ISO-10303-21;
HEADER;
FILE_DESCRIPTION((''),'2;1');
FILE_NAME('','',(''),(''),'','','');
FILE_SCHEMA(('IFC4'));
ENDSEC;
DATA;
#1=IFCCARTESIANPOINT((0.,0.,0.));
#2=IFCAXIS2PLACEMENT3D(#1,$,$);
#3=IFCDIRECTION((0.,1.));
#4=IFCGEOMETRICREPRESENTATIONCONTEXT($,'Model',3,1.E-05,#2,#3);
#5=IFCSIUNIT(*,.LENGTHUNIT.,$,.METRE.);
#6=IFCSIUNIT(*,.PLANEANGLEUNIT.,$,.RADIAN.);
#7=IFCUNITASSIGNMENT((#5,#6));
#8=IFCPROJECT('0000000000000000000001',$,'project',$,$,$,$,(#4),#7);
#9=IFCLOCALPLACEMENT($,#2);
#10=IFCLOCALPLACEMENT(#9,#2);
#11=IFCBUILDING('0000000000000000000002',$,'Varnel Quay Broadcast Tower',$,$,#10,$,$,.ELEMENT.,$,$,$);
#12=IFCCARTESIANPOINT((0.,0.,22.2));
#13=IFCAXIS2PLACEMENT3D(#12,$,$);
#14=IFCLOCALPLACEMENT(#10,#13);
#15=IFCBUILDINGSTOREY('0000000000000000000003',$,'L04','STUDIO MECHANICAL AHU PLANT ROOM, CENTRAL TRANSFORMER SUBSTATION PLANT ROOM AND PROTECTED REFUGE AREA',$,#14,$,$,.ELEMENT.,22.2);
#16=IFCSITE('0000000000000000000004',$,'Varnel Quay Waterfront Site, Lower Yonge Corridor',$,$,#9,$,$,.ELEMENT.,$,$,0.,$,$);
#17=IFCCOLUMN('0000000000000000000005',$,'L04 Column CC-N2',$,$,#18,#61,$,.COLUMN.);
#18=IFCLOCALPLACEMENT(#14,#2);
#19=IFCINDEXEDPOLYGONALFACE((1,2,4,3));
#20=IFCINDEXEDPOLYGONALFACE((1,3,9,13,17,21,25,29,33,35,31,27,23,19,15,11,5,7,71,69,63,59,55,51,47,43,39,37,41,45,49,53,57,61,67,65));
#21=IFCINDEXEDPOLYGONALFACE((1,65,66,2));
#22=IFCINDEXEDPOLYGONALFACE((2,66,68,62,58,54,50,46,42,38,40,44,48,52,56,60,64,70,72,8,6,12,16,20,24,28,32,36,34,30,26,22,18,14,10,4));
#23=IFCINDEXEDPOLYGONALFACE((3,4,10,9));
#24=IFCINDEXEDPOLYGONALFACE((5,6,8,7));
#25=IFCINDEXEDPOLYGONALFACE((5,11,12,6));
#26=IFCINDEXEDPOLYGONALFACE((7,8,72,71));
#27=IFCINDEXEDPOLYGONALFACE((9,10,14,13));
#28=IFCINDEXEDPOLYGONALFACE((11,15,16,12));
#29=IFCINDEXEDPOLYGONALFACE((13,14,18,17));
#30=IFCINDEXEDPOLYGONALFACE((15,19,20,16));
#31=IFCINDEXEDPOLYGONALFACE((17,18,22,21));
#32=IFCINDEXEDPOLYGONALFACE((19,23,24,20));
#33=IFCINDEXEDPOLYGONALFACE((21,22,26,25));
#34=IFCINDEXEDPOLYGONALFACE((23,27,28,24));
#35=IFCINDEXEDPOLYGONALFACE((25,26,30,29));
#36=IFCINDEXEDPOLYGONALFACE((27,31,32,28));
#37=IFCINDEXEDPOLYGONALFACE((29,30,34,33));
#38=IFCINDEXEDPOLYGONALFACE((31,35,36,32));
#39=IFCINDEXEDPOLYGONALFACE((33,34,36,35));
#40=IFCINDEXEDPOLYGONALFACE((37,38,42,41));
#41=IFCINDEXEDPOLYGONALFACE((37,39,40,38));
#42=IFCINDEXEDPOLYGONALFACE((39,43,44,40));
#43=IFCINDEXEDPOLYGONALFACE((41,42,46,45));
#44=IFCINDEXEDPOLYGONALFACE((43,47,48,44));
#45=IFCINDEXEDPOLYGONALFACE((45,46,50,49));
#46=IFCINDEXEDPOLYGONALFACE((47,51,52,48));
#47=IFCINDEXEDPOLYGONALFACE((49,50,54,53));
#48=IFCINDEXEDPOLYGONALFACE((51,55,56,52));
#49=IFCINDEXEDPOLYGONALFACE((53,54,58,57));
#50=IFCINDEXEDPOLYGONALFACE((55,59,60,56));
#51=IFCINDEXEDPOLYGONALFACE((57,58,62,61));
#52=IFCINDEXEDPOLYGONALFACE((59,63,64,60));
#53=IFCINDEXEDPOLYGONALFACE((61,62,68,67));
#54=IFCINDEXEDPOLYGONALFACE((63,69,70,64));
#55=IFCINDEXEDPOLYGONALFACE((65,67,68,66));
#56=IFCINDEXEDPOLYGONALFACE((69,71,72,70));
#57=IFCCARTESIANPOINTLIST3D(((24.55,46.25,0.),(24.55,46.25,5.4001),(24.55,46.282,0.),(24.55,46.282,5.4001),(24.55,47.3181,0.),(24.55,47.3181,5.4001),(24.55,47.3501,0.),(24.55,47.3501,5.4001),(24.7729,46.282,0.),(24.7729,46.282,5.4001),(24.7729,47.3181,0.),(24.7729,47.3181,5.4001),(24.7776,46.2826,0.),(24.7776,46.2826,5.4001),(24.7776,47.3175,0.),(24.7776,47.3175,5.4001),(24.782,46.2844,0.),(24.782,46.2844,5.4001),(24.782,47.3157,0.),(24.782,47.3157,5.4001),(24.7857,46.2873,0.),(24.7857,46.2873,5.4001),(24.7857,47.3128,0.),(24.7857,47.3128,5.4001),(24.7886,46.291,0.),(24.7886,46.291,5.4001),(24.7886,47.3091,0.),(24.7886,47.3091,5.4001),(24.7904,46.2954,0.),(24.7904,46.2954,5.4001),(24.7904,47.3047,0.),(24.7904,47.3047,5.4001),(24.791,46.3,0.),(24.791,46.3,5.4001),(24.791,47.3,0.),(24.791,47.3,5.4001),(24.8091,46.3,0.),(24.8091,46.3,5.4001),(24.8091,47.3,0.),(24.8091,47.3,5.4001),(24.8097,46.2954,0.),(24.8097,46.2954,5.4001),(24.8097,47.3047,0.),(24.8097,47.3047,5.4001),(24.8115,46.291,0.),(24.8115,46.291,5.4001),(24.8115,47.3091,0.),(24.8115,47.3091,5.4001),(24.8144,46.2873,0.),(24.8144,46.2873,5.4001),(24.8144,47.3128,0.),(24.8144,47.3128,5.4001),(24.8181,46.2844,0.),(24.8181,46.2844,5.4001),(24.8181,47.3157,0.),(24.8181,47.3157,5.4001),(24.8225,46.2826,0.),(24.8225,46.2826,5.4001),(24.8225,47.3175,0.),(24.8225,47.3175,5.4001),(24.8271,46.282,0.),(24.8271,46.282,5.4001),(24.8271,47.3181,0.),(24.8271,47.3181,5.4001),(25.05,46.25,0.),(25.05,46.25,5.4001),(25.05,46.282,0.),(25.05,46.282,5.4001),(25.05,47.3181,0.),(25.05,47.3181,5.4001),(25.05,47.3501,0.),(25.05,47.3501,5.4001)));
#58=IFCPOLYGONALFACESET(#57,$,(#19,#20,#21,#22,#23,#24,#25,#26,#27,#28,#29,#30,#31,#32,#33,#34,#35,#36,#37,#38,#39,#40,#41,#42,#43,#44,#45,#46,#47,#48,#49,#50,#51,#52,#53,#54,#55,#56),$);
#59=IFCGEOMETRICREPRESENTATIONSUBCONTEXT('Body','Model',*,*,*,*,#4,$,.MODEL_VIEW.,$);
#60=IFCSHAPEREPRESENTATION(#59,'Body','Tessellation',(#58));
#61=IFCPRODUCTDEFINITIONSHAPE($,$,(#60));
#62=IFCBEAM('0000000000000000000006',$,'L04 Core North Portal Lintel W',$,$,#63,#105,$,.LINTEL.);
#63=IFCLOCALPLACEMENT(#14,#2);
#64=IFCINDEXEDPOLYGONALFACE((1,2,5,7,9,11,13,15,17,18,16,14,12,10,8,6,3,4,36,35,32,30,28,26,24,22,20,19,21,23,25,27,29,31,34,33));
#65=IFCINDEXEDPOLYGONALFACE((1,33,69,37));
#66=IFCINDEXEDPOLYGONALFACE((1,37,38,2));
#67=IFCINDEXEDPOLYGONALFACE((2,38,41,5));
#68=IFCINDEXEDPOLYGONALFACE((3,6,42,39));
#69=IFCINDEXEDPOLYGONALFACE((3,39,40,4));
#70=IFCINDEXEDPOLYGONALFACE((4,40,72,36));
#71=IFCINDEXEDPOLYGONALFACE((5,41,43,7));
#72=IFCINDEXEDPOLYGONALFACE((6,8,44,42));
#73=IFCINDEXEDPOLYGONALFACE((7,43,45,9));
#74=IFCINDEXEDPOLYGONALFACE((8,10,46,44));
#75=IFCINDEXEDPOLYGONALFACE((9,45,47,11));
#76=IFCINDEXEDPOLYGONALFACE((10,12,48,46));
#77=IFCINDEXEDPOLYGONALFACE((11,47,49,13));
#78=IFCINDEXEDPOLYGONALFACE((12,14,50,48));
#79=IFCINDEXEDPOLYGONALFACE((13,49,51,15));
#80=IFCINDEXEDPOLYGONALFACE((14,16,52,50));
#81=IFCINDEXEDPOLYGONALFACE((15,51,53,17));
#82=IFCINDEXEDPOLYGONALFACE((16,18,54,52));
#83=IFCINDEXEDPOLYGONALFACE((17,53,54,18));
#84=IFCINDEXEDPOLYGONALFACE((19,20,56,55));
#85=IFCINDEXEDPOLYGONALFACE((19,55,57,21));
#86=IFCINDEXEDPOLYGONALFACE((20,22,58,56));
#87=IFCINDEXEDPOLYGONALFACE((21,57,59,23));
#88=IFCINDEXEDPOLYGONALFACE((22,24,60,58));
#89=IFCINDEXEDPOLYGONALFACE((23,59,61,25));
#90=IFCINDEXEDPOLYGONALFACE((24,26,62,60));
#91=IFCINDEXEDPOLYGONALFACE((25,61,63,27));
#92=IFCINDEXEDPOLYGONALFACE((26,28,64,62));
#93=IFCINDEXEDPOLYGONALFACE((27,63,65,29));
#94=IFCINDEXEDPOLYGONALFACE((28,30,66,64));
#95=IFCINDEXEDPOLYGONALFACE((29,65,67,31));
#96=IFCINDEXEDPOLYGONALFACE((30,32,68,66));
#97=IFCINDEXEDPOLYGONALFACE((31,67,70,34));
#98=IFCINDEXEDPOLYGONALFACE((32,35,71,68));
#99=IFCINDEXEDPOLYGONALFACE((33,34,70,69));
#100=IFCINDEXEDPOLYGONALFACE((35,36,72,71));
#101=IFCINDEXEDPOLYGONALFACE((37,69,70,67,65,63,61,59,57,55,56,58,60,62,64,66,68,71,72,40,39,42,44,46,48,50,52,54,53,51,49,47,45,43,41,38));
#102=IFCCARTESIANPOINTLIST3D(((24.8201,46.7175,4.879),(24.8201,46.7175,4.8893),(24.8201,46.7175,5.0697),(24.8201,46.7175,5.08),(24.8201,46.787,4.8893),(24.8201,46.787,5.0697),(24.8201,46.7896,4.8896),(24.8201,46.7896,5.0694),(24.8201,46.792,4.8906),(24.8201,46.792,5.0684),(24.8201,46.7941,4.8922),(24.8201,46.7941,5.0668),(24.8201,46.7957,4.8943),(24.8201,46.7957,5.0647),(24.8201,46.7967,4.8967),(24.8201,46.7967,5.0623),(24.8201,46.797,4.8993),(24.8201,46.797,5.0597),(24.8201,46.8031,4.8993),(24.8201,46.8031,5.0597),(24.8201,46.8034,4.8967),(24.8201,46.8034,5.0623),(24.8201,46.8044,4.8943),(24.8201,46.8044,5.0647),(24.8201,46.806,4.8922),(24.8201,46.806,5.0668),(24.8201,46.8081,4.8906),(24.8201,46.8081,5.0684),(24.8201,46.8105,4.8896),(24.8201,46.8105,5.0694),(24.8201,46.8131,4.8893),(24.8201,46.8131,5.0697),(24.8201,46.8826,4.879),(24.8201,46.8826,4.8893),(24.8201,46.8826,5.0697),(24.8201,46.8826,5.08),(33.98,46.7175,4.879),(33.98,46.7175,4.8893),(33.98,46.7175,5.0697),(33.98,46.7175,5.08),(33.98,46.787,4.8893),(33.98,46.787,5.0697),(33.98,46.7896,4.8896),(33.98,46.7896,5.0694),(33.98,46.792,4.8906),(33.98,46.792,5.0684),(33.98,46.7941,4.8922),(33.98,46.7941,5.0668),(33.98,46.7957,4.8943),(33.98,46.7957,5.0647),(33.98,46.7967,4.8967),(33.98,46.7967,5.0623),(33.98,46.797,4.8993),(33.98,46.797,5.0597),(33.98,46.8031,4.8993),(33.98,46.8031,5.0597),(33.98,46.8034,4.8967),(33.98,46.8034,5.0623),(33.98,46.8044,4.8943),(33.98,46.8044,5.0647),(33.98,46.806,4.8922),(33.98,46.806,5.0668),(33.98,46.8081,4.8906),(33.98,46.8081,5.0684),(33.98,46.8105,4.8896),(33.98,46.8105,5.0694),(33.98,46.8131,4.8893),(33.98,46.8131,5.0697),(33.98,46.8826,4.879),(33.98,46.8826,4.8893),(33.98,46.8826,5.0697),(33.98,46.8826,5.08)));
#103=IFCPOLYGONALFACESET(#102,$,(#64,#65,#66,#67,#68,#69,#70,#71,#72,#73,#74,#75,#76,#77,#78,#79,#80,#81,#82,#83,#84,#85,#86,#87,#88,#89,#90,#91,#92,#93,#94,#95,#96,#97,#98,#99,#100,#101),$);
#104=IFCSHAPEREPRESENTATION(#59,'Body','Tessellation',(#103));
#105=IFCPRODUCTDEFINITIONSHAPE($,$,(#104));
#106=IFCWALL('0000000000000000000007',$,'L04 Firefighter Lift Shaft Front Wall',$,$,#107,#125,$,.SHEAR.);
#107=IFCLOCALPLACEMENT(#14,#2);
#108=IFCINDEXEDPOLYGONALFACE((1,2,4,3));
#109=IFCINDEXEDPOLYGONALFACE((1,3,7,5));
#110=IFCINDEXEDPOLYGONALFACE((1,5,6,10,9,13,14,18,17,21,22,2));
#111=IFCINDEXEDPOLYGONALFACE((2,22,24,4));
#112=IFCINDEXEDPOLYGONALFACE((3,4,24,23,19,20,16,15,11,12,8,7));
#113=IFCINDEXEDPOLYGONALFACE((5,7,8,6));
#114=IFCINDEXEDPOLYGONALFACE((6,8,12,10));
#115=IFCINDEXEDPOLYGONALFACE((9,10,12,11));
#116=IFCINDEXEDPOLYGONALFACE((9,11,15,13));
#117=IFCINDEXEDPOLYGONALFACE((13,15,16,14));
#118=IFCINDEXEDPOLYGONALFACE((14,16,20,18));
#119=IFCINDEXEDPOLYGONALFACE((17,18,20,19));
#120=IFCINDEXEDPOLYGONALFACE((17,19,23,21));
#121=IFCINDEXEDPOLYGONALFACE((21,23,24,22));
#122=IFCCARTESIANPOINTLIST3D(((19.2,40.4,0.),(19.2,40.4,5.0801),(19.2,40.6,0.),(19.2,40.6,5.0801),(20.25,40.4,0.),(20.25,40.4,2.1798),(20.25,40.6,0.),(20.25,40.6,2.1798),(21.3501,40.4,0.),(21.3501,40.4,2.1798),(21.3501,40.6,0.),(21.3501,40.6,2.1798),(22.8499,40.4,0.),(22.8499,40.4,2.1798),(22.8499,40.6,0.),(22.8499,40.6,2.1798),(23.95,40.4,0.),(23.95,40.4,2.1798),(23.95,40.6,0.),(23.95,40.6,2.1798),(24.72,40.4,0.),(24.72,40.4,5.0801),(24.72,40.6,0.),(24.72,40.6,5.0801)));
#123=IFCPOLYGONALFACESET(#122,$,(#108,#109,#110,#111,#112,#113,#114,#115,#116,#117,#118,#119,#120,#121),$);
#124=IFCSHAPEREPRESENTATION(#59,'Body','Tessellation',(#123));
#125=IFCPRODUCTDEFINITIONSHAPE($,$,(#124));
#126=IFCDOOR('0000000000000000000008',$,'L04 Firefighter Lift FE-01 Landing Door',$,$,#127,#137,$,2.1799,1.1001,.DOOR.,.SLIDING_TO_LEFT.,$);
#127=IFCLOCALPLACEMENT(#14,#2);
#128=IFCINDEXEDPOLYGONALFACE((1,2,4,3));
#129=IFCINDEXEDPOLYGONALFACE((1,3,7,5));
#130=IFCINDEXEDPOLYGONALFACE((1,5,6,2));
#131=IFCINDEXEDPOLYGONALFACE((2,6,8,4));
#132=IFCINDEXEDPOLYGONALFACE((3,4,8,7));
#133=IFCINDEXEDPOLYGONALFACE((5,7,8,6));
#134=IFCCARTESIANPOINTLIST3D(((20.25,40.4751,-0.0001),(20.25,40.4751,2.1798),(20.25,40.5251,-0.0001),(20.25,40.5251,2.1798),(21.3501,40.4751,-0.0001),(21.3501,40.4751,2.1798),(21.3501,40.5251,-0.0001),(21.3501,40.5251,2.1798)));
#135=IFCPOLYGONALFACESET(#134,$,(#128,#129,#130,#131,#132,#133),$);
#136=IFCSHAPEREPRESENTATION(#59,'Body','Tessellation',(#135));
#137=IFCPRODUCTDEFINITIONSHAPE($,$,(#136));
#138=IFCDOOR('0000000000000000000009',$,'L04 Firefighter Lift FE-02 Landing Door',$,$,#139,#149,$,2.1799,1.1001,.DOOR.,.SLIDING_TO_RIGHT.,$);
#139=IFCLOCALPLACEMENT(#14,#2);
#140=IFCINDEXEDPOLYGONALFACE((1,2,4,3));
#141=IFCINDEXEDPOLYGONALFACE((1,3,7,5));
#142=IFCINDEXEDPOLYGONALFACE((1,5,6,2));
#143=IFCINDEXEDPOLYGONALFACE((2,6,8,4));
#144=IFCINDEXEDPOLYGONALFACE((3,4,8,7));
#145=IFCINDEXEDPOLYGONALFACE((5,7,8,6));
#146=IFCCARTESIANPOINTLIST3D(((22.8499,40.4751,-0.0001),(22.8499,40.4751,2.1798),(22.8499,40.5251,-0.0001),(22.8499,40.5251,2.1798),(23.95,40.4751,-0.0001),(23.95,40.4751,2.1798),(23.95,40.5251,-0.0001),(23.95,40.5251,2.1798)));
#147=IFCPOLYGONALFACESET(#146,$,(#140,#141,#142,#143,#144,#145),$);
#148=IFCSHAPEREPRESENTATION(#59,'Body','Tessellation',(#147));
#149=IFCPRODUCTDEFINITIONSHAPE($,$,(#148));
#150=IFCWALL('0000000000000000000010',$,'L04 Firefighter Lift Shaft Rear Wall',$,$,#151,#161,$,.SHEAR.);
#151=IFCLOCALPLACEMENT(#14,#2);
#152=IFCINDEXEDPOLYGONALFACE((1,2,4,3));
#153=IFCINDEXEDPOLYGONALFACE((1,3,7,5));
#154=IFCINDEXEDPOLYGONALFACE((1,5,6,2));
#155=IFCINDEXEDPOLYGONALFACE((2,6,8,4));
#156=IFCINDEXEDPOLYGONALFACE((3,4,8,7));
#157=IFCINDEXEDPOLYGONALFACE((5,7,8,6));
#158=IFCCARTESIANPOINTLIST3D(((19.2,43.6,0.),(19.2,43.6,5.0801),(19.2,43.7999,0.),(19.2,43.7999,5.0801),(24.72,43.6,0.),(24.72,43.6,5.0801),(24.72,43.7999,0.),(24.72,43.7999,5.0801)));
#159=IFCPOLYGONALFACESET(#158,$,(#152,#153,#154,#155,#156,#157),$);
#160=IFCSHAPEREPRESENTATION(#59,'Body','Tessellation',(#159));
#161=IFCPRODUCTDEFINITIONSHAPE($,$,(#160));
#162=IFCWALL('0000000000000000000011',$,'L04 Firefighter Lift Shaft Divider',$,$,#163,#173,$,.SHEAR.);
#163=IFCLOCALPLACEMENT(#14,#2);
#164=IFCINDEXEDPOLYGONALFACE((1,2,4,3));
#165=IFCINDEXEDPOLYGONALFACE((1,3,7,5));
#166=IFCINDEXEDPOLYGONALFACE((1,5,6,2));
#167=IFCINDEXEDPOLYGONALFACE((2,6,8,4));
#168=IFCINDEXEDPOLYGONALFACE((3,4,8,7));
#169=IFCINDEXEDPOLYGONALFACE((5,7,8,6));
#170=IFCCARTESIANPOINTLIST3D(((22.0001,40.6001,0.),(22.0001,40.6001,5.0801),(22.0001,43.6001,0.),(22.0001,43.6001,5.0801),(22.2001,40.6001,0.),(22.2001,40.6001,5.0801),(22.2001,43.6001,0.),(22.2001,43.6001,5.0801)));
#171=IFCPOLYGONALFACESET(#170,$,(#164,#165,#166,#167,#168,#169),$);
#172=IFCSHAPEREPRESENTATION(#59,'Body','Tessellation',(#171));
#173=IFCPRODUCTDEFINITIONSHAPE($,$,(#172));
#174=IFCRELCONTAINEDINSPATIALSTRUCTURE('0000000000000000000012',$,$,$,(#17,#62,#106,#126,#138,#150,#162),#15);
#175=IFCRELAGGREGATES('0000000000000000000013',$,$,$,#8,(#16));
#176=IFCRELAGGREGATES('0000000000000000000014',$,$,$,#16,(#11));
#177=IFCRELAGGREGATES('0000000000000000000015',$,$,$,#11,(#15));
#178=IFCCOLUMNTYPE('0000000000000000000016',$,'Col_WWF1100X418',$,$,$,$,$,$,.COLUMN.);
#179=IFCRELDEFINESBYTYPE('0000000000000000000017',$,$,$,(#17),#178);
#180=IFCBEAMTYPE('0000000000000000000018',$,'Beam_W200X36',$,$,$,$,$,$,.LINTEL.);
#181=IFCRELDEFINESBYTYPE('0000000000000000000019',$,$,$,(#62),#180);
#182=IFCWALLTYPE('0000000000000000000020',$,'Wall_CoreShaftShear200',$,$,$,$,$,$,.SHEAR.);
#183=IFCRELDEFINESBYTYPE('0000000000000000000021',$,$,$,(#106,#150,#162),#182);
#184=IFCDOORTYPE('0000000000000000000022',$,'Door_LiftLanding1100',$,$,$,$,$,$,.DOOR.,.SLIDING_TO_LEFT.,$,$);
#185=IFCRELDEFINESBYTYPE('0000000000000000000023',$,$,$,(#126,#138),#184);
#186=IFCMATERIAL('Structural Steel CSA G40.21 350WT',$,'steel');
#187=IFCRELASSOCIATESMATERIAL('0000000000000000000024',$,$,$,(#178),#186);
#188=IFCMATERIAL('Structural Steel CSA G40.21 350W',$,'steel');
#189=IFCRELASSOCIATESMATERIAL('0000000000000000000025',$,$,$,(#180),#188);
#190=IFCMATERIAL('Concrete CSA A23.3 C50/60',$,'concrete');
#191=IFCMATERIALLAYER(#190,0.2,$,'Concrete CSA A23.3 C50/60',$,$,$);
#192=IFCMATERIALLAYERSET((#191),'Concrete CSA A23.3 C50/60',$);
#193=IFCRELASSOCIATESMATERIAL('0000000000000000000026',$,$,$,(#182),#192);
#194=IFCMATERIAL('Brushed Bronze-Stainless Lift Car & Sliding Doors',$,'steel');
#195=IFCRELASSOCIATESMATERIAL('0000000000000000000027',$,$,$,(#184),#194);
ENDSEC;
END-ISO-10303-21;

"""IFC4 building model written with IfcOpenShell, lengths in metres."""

from ifc_helpers import new_model, si_unit, direction, frame, frame_2d, origin, origin_2d, place, context, subcontext, project, spatial, rectangle, i_section, extrude, source, transform, mapped, material, layer, layer_set, material_profile, profile_set, type_object, type_shapes, element, fill, save


model = new_model("IFC4")

# Units and contexts
model_context = context("Model", 3, precision=1e-05, world=origin(), true_north=direction((0.0, 1.0)))
body_context = subcontext(model_context, "Body", "Model", "MODEL_VIEW")
ifc_project = project(units=[si_unit("LENGTHUNIT", "METRE"), si_unit("PLANEANGLEUNIT", "RADIAN")], contexts=[model_context])

# Site, building, storey
site_placement = place(None, origin())
site = spatial("IfcSite", under=ifc_project, at=site_placement, Name="Varnel Quay Waterfront Site, Lower Yonge Corridor", CompositionType="ELEMENT", RefElevation=0.0)
building_placement = place(site_placement, origin())
building = spatial("IfcBuilding", under=site, at=building_placement, Name="Varnel Quay Broadcast Tower", CompositionType="ELEMENT")
storey_placement = place(building_placement, frame((0.0, 0.0, 22.2)))
storey = spatial("IfcBuildingStorey", under=building, at=storey_placement, Name="L04", Description="STUDIO MECHANICAL AHU PLANT ROOM, CENTRAL TRANSFORMER SUBSTATION PLANT ROOM AND PROTECTED REFUGE AREA", CompositionType="ELEMENT", Elevation=22.2)

# Column
ifc_material_1 = material(Name="Structural Steel CSA G40.21 350WT", Category="steel")
ifc_material_profile_1 = material_profile(ifc_material_1, i_section(OverallWidth=0.5, OverallDepth=1.1001, WebThickness=0.0181, FlangeThickness=0.032, FilletRadius=0.0181, at=origin_2d()), Name="WWF1100X418")
ifc_profile_set_1 = profile_set([ifc_material_profile_1], Name="Structural Steel CSA G40.21 350WT")
column_type = type_object("IfcColumnType", Name="Col_WWF1100X418", PredefinedType="COLUMN", material=ifc_profile_set_1)
shared_shape_1 = source(origin(), body_context, "Body", "SweptSolid", [
    extrude(i_section(OverallWidth=0.5, OverallDepth=1.1001, WebThickness=0.0181, FlangeThickness=0.032, FilletRadius=0.0181, at=origin_2d()), origin(), (0.0, 0.0, 1.0), 5.4001),
])
type_shapes(column_type, [shared_shape_1])
column_placement = place(storey_placement, frame((24.8, 46.8, 0.0), z_axis=(0.0, 0.0, 1.0), x_axis=(1.0, 0.0, 0.0)))
element("IfcColumn", 1, at=column_placement, inside=storey, type_object=column_type, Name="L04 Column CC-N2", PredefinedType="COLUMN", context=body_context, shape_type="MappedRepresentation", body=[
    mapped(shared_shape_1, transform((0.0, 0.0, 0.0), x_axis=(1.0, 0.0, 0.0), y_axis=(0.0, 1.0, 0.0), z_axis=(0.0, 0.0, 1.0), scale=1.0)),
])

# Beam
ifc_material_2 = material(Name="Structural Steel CSA G40.21 350W", Category="steel")
ifc_material_profile_2 = material_profile(ifc_material_2, i_section(OverallWidth=0.165, OverallDepth=0.2009, WebThickness=0.0061, FlangeThickness=0.0103, FilletRadius=0.01, at=origin_2d()), Name="W200X36")
ifc_profile_set_2 = profile_set([ifc_material_profile_2], Name="Structural Steel CSA G40.21 350W")
beam_type = type_object("IfcBeamType", Name="Beam_W200X36", PredefinedType="LINTEL", material=ifc_profile_set_2)
shared_shape_2 = source(origin(), body_context, "Body", "SweptSolid", [
    extrude(i_section(OverallWidth=0.165, OverallDepth=0.2009, WebThickness=0.0061, FlangeThickness=0.0103, FilletRadius=0.01, at=origin_2d()), origin(), (0.0, 0.0, 1.0), 9.1599),
])
type_shapes(beam_type, [shared_shape_2])
beam_placement = place(storey_placement, frame((24.8201, 46.8, 4.9795), z_axis=(1.0, 0.0, 0.0), x_axis=(0.0, 1.0, 0.0)))
element("IfcBeam", 2, at=beam_placement, inside=storey, type_object=beam_type, Name="L04 Core North Portal Lintel W", PredefinedType="LINTEL", context=body_context, shape_type="MappedRepresentation", body=[
    mapped(shared_shape_2, transform((0.0, 0.0, 0.0), x_axis=(1.0, 0.0, 0.0), y_axis=(0.0, 1.0, 0.0), z_axis=(0.0, 0.0, 1.0), scale=1.0)),
])

# Wall, openings, doors
ifc_material_3 = material(Name="Concrete CSA A23.3 C50/60", Category="concrete")
ifc_layer_1 = layer(ifc_material_3, 0.2, Name="Concrete CSA A23.3 C50/60")
ifc_layer_set_1 = layer_set([ifc_layer_1], Name="Concrete CSA A23.3 C50/60")
wall_type_1 = type_object("IfcWallType", Name="Wall_CoreShaftShear200", PredefinedType="SHEAR", material=ifc_layer_set_1)
wall_1_placement = place(storey_placement, frame((19.2, 40.5, 0.0), z_axis=(0.0, 0.0, 1.0), x_axis=(1.0, 0.0, 0.0)))
wall_1 = element("IfcWall", 3, at=wall_1_placement, inside=storey, type_object=wall_type_1, Name="L04 Firefighter Lift Shaft Front Wall", PredefinedType="SHEAR", context=body_context, shape_type="SweptSolid", body=[
    extrude(rectangle(XDim=5.52, YDim=0.2, at=frame_2d((2.76, 0.0))), origin(), (0.0, 0.0, 1.0), 5.0801),
])
opening_1_placement = place(wall_1_placement, frame((1.05, 0.0, 0.0)))
opening_1 = element("IfcOpeningElement", 4, at=opening_1_placement, cuts=wall_1, PredefinedType="OPENING", context=body_context, shape_type="SweptSolid", body=[
    extrude(rectangle(XDim=1.1001, YDim=2.1799, at=frame_2d((0.55, 1.0898))), frame((0.0, 0.1099, 0.0), z_axis=(0.0, -1.0, 0.0), x_axis=(1.0, 0.0, 0.0)), (0.0, 0.0, 1.0), 0.22),
])
opening_2_placement = place(wall_1_placement, frame((3.6499, 0.0, 0.0)))
opening_2 = element("IfcOpeningElement", 5, at=opening_2_placement, cuts=wall_1, PredefinedType="OPENING", context=body_context, shape_type="SweptSolid", body=[
    extrude(rectangle(XDim=1.1001, YDim=2.1799, at=frame_2d((0.55, 1.0898))), frame((0.0, 0.1099, 0.0), z_axis=(0.0, -1.0, 0.0), x_axis=(1.0, 0.0, 0.0)), (0.0, 0.0, 1.0), 0.22),
])
ifc_material_4 = material(Name="Brushed Bronze-Stainless Lift Car & Sliding Doors", Category="steel")
door_type_1 = type_object("IfcDoorType", Name="Door_LiftLanding1100", OperationType="SLIDING_TO_LEFT", PredefinedType="DOOR", material=ifc_material_4)
shared_shape_3 = source(origin(), body_context, "Body", "SweptSolid", [
    extrude(rectangle(XDim=1.1001, YDim=2.1799, at=frame_2d((0.55, 1.0898))), frame((0.0, 0.0249, 0.0), z_axis=(0.0, -1.0, 0.0), x_axis=(1.0, 0.0, 0.0)), (0.0, 0.0, 1.0), 0.05),
])
type_shapes(door_type_1, [shared_shape_3])
door_1_placement = place(opening_1_placement, frame((1.1001, 0.0, 0.0), z_axis=(0.0, 0.0, 1.0), x_axis=(-1.0, 0.0, 0.0)))
door_1 = element("IfcDoor", 6, at=door_1_placement, inside=storey, type_object=door_type_1, Name="L04 Firefighter Lift FE-01 Landing Door", OperationType="SLIDING_TO_LEFT", OverallHeight=2.1799, OverallWidth=1.1001, PredefinedType="DOOR", context=body_context, shape_type="MappedRepresentation", body=[
    mapped(shared_shape_3, transform((0.0, 0.0, 0.0), x_axis=(1.0, 0.0, 0.0), y_axis=(0.0, 1.0, 0.0), z_axis=(0.0, 0.0, 1.0), scale=1.0)),
])
fill(opening_1, door_1)
door_2_placement = place(opening_2_placement, frame((1.1001, 0.0, 0.0), z_axis=(0.0, 0.0, 1.0), x_axis=(-1.0, 0.0, 0.0)))
door_2 = element("IfcDoor", 7, at=door_2_placement, inside=storey, type_object=door_type_1, Name="L04 Firefighter Lift FE-02 Landing Door", OperationType="SLIDING_TO_RIGHT", OverallHeight=2.1799, OverallWidth=1.1001, PredefinedType="DOOR", context=body_context, shape_type="MappedRepresentation", body=[
    mapped(shared_shape_3, transform((0.0, 0.0, 0.0), x_axis=(1.0, 0.0, 0.0), y_axis=(0.0, 1.0, 0.0), z_axis=(0.0, 0.0, 1.0), scale=1.0)),
])
fill(opening_2, door_2)

# Walls
wall_2_placement = place(storey_placement, frame((19.2, 43.7, 0.0), z_axis=(0.0, 0.0, 1.0), x_axis=(1.0, 0.0, 0.0)))
element("IfcWall", 8, at=wall_2_placement, inside=storey, type_object=wall_type_1, Name="L04 Firefighter Lift Shaft Rear Wall", PredefinedType="SHEAR", context=body_context, shape_type="SweptSolid", body=[
    extrude(rectangle(XDim=5.52, YDim=0.2, at=frame_2d((2.76, 0.0))), origin(), (0.0, 0.0, 1.0), 5.0801),
])
wall_3_placement = place(storey_placement, frame((22.1001, 40.6001, 0.0), z_axis=(0.0, 0.0, 1.0), x_axis=(0.0, 1.0, 0.0)))
element("IfcWall", 9, at=wall_3_placement, inside=storey, type_object=wall_type_1, Name="L04 Firefighter Lift Shaft Divider", PredefinedType="SHEAR", context=body_context, shape_type="SweptSolid", body=[
    extrude(rectangle(XDim=3.0, YDim=0.2, at=frame_2d((1.5, 0.0))), origin(), (0.0, 0.0, 1.0), 5.0801),
])

save(model, "model.ifc")
